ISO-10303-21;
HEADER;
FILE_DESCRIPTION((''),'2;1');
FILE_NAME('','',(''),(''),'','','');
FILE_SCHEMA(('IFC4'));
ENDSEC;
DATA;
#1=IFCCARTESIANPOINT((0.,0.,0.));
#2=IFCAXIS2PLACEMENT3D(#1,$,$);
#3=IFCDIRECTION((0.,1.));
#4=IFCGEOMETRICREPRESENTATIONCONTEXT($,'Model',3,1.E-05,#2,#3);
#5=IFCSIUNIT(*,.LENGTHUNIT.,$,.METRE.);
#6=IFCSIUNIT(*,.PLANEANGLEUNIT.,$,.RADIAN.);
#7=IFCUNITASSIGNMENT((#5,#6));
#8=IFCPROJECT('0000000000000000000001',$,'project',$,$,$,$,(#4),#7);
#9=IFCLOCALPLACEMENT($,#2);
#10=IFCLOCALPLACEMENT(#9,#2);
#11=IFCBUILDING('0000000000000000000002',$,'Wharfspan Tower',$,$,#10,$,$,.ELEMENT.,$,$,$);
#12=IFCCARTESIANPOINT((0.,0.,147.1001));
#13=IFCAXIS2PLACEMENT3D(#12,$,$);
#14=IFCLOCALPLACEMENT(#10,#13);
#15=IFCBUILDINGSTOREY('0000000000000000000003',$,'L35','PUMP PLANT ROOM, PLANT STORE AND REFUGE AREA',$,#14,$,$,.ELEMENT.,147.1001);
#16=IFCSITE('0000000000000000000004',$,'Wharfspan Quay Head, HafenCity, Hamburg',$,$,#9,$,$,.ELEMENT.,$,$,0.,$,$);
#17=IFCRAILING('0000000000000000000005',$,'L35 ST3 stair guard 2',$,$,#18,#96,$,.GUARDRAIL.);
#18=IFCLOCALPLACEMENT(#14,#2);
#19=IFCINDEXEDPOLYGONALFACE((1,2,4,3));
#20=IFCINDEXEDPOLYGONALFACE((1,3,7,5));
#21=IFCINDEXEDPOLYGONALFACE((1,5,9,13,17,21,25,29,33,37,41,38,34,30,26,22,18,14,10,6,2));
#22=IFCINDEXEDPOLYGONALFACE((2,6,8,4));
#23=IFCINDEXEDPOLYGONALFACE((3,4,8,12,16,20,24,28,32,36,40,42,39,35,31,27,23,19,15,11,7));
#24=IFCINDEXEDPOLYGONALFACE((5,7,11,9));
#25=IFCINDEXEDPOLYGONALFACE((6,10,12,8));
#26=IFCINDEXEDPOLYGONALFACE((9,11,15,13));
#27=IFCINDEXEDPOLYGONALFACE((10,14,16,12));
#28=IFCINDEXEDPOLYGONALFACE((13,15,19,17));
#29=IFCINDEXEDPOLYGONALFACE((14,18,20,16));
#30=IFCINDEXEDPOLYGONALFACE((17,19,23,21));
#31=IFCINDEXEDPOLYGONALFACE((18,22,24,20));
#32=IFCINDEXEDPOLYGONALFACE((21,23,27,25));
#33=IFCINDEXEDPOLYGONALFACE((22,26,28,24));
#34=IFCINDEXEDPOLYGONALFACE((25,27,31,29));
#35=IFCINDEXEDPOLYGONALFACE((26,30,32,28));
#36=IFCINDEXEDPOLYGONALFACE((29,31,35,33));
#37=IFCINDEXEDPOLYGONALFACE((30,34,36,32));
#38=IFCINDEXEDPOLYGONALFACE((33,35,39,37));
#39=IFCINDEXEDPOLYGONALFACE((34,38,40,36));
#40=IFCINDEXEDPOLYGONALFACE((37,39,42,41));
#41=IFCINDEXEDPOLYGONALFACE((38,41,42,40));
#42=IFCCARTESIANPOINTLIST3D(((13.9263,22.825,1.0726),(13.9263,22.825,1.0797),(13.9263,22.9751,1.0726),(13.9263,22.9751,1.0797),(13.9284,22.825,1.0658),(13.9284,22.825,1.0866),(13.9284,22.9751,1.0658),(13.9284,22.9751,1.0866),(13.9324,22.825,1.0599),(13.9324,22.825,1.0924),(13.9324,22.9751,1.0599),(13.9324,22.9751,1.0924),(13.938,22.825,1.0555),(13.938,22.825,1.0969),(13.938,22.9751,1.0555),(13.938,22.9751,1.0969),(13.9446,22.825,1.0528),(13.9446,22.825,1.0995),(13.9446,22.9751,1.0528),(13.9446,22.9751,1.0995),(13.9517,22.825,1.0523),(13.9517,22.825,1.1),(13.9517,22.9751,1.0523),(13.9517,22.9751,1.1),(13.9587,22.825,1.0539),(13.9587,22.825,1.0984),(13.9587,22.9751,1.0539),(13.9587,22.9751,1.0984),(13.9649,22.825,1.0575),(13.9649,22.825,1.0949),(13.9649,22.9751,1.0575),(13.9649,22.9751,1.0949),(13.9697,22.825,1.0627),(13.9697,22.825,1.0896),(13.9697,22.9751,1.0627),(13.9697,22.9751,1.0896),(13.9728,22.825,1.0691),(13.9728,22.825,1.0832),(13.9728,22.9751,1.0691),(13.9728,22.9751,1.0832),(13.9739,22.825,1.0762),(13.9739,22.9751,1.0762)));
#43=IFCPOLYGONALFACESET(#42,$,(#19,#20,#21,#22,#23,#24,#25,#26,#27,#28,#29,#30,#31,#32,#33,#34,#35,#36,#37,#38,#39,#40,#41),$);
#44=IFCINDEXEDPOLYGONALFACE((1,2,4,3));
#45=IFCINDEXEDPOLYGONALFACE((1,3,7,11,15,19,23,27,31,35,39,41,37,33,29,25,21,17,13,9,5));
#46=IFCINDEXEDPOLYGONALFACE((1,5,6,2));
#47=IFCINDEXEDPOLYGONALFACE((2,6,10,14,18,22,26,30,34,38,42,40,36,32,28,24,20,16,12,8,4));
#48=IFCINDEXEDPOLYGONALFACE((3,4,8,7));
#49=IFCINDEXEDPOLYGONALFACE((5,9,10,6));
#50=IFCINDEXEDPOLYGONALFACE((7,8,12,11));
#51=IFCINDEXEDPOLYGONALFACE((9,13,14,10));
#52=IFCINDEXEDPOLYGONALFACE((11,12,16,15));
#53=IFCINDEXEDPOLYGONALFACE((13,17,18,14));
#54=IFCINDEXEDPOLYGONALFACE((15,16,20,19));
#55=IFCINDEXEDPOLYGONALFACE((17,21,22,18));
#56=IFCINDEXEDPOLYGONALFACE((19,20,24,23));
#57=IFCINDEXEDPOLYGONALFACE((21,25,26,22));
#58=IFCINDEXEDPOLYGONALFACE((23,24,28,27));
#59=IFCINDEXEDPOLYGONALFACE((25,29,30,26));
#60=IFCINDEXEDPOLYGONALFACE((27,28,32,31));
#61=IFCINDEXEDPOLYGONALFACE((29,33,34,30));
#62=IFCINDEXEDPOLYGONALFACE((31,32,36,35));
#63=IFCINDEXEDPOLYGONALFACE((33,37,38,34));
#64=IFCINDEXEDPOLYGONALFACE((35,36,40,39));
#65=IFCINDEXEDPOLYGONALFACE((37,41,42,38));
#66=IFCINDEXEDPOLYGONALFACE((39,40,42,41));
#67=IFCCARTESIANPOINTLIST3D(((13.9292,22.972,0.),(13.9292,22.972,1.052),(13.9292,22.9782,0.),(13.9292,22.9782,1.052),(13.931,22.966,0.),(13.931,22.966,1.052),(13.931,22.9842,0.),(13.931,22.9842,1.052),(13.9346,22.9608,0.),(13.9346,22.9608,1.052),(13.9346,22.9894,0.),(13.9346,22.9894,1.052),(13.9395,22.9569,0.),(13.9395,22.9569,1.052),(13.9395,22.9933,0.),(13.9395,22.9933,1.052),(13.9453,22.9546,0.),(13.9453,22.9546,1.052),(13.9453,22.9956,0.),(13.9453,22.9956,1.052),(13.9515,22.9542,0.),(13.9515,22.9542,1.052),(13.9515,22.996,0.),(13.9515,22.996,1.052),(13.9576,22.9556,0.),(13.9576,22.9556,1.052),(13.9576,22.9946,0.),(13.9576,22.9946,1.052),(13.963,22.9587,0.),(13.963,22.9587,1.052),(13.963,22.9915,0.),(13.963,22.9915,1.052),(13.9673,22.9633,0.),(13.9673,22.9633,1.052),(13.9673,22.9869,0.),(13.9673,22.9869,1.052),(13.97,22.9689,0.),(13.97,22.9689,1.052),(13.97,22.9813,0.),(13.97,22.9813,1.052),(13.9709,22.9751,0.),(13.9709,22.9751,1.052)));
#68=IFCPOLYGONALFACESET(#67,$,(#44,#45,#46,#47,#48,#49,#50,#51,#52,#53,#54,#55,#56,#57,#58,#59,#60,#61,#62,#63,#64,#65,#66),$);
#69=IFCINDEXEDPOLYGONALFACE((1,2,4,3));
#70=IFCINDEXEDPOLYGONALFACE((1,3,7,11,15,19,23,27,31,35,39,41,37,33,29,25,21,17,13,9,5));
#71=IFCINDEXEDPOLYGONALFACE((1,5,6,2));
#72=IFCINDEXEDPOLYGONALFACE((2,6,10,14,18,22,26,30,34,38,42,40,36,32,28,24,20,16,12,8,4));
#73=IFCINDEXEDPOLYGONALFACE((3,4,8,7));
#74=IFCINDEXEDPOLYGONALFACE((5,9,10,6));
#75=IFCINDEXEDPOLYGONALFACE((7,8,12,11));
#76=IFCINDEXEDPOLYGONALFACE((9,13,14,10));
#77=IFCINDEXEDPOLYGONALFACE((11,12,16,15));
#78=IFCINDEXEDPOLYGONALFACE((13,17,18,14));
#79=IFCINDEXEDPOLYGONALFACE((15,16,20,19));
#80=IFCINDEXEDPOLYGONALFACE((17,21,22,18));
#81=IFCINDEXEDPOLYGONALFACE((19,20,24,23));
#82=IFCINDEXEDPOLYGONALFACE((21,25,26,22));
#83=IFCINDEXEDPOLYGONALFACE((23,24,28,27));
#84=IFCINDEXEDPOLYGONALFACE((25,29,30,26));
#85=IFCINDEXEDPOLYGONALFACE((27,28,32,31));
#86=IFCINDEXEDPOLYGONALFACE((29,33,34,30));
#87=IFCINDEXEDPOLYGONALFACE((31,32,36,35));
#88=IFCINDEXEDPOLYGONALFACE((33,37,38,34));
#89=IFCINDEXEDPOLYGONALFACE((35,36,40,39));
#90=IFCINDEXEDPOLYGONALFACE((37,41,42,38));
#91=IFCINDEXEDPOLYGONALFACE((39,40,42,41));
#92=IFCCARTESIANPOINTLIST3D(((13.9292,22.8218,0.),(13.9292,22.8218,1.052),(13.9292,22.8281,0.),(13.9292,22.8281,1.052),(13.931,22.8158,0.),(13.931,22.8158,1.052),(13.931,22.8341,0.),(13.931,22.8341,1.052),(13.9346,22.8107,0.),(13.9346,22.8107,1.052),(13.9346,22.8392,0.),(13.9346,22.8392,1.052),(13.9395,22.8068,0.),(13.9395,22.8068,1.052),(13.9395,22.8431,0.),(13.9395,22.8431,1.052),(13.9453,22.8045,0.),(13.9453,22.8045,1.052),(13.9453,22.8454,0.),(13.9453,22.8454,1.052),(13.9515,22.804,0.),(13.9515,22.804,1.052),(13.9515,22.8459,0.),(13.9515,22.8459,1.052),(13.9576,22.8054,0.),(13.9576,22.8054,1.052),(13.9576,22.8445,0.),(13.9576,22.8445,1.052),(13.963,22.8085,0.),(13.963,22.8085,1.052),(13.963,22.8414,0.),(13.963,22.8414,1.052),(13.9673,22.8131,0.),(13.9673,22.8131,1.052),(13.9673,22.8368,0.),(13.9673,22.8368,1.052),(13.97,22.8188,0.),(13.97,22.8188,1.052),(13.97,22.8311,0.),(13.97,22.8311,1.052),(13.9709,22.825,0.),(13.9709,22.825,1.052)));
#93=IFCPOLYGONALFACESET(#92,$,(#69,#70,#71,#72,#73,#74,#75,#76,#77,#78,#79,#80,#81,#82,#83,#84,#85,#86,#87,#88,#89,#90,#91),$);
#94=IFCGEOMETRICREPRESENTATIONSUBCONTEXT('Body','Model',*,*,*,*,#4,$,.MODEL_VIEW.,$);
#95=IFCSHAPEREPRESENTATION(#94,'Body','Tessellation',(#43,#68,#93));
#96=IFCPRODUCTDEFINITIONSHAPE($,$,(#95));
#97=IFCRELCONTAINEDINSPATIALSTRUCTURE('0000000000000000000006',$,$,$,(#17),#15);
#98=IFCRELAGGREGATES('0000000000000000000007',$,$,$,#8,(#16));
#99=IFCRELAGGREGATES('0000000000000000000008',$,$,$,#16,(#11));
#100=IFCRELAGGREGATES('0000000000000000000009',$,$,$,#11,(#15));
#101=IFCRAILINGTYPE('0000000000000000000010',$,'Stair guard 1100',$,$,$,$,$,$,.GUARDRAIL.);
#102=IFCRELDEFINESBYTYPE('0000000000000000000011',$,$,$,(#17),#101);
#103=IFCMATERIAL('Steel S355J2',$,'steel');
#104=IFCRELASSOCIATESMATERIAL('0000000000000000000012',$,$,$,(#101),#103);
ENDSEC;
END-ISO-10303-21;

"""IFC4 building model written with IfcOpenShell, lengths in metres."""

from ifc_helpers import new_model, si_unit, direction, frame, origin, origin_2d, place, context, subcontext, project, spatial, circle, extrude, material, type_object, element, save


model = new_model("IFC4")

# Units and contexts
model_context = context("Model", 3, precision=1e-05, world=origin(), true_north=direction((0.0, 1.0)))
body_context = subcontext(model_context, "Body", "Model", "MODEL_VIEW")
ifc_project = project(units=[si_unit("LENGTHUNIT", "METRE"), si_unit("PLANEANGLEUNIT", "RADIAN")], contexts=[model_context])

# Site, building, storey
site_placement = place(None, origin())
site = spatial("IfcSite", under=ifc_project, at=site_placement, Name="Wharfspan Quay Head, HafenCity, Hamburg", CompositionType="ELEMENT", RefElevation=0.0)
building_placement = place(site_placement, origin())
building = spatial("IfcBuilding", under=site, at=building_placement, Name="Wharfspan Tower", CompositionType="ELEMENT")
storey_placement = place(building_placement, frame((0.0, 0.0, 147.1001)))
storey = spatial("IfcBuildingStorey", under=building, at=storey_placement, Name="L35", Description="PUMP PLANT ROOM, PLANT STORE AND REFUGE AREA", CompositionType="ELEMENT", Elevation=147.1001)

# Shared definitions
ifc_material_1 = material(Name="Steel S355J2", Category="steel")

# Railing
railing_type_1 = type_object("IfcRailingType", Name="Stair guard 1100", PredefinedType="GUARDRAIL", material=ifc_material_1)
railing_1_placement = place(storey_placement, frame((13.95, 22.9751, 0.0)))
element("IfcRailing", 1, at=railing_1_placement, inside=storey, type_object=railing_type_1, Name="L35 ST3 stair guard 2", PredefinedType="GUARDRAIL", context=body_context, shape_type="SweptSolid", body=[
    extrude(circle(Radius=0.0239, at=origin_2d()), frame((0.0, 0.0, 1.0762), z_axis=(0.0, -1.0, 0.0), x_axis=(1.0, 0.0, 0.0)), (0.0, 0.0, 1.0), 0.1501),
    extrude(circle(Radius=0.021, at=origin_2d()), origin(), (0.0, 0.0, 1.0), 1.052),
    extrude(circle(Radius=0.021, at=origin_2d()), frame((0.0, -0.1501, 0.0)), (0.0, 0.0, 1.0), 1.052),
])

save(model, "model.ifc")
